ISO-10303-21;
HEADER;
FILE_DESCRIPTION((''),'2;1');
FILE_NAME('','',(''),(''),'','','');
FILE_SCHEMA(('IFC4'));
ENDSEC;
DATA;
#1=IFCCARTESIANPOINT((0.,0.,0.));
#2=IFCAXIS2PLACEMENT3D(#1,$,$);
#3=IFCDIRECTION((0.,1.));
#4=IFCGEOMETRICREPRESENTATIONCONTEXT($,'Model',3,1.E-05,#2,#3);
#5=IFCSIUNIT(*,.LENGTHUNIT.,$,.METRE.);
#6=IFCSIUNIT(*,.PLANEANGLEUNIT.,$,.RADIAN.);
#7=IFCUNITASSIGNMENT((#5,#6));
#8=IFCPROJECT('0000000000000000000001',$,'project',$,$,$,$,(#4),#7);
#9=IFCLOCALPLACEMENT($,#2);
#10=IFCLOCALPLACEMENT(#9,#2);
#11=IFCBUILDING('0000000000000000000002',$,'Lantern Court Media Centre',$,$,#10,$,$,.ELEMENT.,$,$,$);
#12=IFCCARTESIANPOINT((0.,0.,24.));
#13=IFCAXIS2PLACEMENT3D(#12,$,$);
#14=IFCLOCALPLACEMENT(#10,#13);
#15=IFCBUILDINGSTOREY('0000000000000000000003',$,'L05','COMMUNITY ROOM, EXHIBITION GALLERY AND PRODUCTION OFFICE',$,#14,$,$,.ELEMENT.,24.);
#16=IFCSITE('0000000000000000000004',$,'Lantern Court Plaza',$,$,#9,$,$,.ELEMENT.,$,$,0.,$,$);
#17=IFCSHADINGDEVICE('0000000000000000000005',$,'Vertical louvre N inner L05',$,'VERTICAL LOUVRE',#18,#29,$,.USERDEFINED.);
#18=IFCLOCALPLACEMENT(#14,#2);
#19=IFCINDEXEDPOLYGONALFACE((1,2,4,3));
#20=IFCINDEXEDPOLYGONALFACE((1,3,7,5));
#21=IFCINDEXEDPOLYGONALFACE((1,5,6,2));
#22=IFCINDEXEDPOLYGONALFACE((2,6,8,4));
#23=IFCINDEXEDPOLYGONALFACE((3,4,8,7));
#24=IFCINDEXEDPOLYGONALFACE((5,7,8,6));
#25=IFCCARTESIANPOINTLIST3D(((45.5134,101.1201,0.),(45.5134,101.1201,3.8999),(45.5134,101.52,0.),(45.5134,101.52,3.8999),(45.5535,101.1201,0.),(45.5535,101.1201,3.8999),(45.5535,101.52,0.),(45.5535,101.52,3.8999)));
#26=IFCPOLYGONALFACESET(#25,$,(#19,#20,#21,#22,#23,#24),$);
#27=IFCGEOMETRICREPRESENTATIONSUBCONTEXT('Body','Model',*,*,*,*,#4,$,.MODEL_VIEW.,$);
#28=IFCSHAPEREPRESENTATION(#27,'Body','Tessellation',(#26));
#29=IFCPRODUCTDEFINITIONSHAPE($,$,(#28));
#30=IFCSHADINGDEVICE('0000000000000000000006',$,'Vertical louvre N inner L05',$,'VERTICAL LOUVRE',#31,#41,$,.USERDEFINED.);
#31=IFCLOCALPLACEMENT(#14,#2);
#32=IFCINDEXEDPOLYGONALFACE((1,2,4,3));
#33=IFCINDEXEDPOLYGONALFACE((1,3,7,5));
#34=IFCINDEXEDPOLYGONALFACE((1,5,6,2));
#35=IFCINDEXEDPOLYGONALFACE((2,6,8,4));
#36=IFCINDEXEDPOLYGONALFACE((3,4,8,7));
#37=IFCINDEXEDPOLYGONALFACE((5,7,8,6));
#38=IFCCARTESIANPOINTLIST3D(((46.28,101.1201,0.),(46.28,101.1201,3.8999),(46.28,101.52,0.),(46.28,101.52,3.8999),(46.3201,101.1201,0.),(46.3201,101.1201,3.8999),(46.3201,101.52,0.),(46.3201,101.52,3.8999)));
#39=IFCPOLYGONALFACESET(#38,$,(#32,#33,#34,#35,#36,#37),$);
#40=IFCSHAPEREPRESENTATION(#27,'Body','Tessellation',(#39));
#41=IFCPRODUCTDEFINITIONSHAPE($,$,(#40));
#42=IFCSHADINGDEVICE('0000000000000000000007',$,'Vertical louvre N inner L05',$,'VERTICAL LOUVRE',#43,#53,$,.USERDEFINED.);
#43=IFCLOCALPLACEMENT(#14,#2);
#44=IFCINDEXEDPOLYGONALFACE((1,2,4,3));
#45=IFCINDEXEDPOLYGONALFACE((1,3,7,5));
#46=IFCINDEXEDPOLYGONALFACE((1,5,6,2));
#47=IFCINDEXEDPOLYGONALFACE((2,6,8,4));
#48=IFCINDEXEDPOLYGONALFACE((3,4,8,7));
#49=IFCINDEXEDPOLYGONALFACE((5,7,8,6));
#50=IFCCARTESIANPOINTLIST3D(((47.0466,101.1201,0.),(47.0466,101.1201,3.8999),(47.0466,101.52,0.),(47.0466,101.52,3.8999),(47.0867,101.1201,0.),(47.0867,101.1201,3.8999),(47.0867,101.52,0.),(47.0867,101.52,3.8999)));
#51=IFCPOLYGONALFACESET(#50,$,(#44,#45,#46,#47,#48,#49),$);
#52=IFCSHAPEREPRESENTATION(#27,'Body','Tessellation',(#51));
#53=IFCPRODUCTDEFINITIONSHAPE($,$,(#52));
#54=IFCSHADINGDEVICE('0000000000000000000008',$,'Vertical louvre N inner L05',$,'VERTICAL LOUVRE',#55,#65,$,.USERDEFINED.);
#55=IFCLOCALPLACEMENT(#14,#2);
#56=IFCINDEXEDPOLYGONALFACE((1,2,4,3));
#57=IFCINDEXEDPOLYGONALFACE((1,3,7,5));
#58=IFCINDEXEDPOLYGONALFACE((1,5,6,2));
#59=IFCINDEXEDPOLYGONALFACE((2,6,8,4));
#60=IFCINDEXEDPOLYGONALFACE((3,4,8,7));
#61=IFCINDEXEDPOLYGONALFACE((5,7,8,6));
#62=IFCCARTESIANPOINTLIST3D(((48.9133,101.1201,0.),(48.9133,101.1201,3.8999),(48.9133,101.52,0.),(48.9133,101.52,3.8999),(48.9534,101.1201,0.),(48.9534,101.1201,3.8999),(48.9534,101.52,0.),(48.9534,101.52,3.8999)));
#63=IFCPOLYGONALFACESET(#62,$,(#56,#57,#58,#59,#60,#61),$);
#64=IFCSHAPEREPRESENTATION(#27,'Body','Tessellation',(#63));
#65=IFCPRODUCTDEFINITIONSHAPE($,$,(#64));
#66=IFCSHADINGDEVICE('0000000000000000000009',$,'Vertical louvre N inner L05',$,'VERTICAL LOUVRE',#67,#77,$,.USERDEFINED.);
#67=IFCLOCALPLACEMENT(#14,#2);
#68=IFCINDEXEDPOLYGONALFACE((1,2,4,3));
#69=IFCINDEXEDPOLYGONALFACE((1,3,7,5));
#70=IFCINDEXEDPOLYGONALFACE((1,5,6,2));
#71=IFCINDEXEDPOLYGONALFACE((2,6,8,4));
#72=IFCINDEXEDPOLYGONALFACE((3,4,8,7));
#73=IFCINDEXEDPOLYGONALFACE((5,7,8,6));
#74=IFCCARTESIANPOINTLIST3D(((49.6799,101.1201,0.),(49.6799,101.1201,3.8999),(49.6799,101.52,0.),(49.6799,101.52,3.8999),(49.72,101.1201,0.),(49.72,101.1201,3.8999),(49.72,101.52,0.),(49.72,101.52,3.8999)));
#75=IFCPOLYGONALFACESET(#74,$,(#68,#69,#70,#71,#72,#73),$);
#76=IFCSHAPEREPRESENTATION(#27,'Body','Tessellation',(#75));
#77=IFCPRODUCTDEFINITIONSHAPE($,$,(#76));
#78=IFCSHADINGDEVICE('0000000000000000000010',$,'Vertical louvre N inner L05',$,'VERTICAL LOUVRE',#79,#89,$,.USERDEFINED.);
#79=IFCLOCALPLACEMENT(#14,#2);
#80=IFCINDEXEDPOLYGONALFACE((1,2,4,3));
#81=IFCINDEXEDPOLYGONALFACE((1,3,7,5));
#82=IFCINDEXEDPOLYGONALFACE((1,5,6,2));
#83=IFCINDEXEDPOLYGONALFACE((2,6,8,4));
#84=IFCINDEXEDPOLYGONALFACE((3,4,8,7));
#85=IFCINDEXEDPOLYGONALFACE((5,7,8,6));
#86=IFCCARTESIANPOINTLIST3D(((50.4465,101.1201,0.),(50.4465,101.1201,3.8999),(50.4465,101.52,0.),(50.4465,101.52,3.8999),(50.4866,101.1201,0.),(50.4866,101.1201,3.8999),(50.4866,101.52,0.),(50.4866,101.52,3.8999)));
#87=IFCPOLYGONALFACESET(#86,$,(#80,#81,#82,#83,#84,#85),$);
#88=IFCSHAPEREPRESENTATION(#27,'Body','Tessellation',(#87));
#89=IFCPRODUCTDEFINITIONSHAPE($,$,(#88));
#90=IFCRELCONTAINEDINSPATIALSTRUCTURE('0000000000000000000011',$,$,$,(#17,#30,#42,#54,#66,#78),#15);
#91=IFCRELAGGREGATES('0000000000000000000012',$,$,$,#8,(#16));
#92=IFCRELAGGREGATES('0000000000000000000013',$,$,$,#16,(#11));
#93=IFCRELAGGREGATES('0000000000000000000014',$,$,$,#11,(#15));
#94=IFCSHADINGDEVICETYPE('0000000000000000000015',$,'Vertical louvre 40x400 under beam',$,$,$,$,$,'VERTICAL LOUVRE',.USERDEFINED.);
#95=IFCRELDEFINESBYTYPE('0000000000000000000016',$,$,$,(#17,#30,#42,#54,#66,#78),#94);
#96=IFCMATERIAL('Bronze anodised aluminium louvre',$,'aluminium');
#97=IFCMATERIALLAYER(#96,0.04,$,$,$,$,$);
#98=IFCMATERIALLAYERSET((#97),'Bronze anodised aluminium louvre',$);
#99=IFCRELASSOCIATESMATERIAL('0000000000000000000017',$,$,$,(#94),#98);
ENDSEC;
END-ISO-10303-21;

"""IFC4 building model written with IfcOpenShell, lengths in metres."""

from ifc_helpers import new_model, si_unit, direction, frame, origin, origin_2d, place, context, subcontext, project, spatial, rectangle, extrude, material, layer, layer_set, type_object, element, save


model = new_model("IFC4")

# Units and contexts
model_context = context("Model", 3, precision=1e-05, world=origin(), true_north=direction((0.0, 1.0)))
body_context = subcontext(model_context, "Body", "Model", "MODEL_VIEW")
ifc_project = project(units=[si_unit("LENGTHUNIT", "METRE"), si_unit("PLANEANGLEUNIT", "RADIAN")], contexts=[model_context])

# Site, building, storey
site_placement = place(None, origin())
site = spatial("IfcSite", under=ifc_project, at=site_placement, Name="Lantern Court Plaza", CompositionType="ELEMENT", RefElevation=0.0)
building_placement = place(site_placement, origin())
building = spatial("IfcBuilding", under=site, at=building_placement, Name="Lantern Court Media Centre", CompositionType="ELEMENT")
storey_placement = place(building_placement, frame((0.0, 0.0, 24.0)))
storey = spatial("IfcBuildingStorey", under=building, at=storey_placement, Name="L05", Description="COMMUNITY ROOM, EXHIBITION GALLERY AND PRODUCTION OFFICE", CompositionType="ELEMENT", Elevation=24.0)

# Shading devices
ifc_material_1 = material(Name="Bronze anodised aluminium louvre", Category="aluminium")
ifc_layer_1 = layer(ifc_material_1, 0.04)
ifc_layer_set_1 = layer_set([ifc_layer_1], Name="Bronze anodised aluminium louvre")
shading_device_type = type_object("IfcShadingDeviceType", Name="Vertical louvre 40x400 under beam", ElementType="VERTICAL LOUVRE", PredefinedType="USERDEFINED", material=ifc_layer_set_1)
for number, where, z_axis, x_axis, name in (
    (1, (45.5334, 101.3201, 0.0), (0.0, 0.0, 1.0), (1.0, 0.0, 0.0), "Vertical louvre N inner L05"),
    (2, (46.3, 101.3201, 0.0), (0.0, 0.0, 1.0), (1.0, 0.0, 0.0), "Vertical louvre N inner L05"),
    (3, (47.0667, 101.3201, 0.0), (0.0, 0.0, 1.0), (1.0, 0.0, 0.0), "Vertical louvre N inner L05"),
    (4, (48.9333, 101.3201, 0.0), (0.0, 0.0, 1.0), (1.0, 0.0, 0.0), "Vertical louvre N inner L05"),
    (5, (49.7, 101.3201, 0.0), (0.0, 0.0, 1.0), (1.0, 0.0, 0.0), "Vertical louvre N inner L05"),
    (6, (50.4666, 101.3201, 0.0), (0.0, 0.0, 1.0), (1.0, 0.0, 0.0), "Vertical louvre N inner L05"),
):
    element("IfcShadingDevice", number, at=place(storey_placement, frame(where, z_axis=z_axis, x_axis=x_axis)), inside=storey, type_object=shading_device_type, Name=name, ObjectType="VERTICAL LOUVRE", PredefinedType="USERDEFINED", context=body_context, shape_type="SweptSolid", body=[
        extrude(rectangle(XDim=0.04, YDim=0.3999, at=origin_2d()), origin(), (0.0, 0.0, 1.0), 3.8999),
    ])

save(model, "model.ifc")
